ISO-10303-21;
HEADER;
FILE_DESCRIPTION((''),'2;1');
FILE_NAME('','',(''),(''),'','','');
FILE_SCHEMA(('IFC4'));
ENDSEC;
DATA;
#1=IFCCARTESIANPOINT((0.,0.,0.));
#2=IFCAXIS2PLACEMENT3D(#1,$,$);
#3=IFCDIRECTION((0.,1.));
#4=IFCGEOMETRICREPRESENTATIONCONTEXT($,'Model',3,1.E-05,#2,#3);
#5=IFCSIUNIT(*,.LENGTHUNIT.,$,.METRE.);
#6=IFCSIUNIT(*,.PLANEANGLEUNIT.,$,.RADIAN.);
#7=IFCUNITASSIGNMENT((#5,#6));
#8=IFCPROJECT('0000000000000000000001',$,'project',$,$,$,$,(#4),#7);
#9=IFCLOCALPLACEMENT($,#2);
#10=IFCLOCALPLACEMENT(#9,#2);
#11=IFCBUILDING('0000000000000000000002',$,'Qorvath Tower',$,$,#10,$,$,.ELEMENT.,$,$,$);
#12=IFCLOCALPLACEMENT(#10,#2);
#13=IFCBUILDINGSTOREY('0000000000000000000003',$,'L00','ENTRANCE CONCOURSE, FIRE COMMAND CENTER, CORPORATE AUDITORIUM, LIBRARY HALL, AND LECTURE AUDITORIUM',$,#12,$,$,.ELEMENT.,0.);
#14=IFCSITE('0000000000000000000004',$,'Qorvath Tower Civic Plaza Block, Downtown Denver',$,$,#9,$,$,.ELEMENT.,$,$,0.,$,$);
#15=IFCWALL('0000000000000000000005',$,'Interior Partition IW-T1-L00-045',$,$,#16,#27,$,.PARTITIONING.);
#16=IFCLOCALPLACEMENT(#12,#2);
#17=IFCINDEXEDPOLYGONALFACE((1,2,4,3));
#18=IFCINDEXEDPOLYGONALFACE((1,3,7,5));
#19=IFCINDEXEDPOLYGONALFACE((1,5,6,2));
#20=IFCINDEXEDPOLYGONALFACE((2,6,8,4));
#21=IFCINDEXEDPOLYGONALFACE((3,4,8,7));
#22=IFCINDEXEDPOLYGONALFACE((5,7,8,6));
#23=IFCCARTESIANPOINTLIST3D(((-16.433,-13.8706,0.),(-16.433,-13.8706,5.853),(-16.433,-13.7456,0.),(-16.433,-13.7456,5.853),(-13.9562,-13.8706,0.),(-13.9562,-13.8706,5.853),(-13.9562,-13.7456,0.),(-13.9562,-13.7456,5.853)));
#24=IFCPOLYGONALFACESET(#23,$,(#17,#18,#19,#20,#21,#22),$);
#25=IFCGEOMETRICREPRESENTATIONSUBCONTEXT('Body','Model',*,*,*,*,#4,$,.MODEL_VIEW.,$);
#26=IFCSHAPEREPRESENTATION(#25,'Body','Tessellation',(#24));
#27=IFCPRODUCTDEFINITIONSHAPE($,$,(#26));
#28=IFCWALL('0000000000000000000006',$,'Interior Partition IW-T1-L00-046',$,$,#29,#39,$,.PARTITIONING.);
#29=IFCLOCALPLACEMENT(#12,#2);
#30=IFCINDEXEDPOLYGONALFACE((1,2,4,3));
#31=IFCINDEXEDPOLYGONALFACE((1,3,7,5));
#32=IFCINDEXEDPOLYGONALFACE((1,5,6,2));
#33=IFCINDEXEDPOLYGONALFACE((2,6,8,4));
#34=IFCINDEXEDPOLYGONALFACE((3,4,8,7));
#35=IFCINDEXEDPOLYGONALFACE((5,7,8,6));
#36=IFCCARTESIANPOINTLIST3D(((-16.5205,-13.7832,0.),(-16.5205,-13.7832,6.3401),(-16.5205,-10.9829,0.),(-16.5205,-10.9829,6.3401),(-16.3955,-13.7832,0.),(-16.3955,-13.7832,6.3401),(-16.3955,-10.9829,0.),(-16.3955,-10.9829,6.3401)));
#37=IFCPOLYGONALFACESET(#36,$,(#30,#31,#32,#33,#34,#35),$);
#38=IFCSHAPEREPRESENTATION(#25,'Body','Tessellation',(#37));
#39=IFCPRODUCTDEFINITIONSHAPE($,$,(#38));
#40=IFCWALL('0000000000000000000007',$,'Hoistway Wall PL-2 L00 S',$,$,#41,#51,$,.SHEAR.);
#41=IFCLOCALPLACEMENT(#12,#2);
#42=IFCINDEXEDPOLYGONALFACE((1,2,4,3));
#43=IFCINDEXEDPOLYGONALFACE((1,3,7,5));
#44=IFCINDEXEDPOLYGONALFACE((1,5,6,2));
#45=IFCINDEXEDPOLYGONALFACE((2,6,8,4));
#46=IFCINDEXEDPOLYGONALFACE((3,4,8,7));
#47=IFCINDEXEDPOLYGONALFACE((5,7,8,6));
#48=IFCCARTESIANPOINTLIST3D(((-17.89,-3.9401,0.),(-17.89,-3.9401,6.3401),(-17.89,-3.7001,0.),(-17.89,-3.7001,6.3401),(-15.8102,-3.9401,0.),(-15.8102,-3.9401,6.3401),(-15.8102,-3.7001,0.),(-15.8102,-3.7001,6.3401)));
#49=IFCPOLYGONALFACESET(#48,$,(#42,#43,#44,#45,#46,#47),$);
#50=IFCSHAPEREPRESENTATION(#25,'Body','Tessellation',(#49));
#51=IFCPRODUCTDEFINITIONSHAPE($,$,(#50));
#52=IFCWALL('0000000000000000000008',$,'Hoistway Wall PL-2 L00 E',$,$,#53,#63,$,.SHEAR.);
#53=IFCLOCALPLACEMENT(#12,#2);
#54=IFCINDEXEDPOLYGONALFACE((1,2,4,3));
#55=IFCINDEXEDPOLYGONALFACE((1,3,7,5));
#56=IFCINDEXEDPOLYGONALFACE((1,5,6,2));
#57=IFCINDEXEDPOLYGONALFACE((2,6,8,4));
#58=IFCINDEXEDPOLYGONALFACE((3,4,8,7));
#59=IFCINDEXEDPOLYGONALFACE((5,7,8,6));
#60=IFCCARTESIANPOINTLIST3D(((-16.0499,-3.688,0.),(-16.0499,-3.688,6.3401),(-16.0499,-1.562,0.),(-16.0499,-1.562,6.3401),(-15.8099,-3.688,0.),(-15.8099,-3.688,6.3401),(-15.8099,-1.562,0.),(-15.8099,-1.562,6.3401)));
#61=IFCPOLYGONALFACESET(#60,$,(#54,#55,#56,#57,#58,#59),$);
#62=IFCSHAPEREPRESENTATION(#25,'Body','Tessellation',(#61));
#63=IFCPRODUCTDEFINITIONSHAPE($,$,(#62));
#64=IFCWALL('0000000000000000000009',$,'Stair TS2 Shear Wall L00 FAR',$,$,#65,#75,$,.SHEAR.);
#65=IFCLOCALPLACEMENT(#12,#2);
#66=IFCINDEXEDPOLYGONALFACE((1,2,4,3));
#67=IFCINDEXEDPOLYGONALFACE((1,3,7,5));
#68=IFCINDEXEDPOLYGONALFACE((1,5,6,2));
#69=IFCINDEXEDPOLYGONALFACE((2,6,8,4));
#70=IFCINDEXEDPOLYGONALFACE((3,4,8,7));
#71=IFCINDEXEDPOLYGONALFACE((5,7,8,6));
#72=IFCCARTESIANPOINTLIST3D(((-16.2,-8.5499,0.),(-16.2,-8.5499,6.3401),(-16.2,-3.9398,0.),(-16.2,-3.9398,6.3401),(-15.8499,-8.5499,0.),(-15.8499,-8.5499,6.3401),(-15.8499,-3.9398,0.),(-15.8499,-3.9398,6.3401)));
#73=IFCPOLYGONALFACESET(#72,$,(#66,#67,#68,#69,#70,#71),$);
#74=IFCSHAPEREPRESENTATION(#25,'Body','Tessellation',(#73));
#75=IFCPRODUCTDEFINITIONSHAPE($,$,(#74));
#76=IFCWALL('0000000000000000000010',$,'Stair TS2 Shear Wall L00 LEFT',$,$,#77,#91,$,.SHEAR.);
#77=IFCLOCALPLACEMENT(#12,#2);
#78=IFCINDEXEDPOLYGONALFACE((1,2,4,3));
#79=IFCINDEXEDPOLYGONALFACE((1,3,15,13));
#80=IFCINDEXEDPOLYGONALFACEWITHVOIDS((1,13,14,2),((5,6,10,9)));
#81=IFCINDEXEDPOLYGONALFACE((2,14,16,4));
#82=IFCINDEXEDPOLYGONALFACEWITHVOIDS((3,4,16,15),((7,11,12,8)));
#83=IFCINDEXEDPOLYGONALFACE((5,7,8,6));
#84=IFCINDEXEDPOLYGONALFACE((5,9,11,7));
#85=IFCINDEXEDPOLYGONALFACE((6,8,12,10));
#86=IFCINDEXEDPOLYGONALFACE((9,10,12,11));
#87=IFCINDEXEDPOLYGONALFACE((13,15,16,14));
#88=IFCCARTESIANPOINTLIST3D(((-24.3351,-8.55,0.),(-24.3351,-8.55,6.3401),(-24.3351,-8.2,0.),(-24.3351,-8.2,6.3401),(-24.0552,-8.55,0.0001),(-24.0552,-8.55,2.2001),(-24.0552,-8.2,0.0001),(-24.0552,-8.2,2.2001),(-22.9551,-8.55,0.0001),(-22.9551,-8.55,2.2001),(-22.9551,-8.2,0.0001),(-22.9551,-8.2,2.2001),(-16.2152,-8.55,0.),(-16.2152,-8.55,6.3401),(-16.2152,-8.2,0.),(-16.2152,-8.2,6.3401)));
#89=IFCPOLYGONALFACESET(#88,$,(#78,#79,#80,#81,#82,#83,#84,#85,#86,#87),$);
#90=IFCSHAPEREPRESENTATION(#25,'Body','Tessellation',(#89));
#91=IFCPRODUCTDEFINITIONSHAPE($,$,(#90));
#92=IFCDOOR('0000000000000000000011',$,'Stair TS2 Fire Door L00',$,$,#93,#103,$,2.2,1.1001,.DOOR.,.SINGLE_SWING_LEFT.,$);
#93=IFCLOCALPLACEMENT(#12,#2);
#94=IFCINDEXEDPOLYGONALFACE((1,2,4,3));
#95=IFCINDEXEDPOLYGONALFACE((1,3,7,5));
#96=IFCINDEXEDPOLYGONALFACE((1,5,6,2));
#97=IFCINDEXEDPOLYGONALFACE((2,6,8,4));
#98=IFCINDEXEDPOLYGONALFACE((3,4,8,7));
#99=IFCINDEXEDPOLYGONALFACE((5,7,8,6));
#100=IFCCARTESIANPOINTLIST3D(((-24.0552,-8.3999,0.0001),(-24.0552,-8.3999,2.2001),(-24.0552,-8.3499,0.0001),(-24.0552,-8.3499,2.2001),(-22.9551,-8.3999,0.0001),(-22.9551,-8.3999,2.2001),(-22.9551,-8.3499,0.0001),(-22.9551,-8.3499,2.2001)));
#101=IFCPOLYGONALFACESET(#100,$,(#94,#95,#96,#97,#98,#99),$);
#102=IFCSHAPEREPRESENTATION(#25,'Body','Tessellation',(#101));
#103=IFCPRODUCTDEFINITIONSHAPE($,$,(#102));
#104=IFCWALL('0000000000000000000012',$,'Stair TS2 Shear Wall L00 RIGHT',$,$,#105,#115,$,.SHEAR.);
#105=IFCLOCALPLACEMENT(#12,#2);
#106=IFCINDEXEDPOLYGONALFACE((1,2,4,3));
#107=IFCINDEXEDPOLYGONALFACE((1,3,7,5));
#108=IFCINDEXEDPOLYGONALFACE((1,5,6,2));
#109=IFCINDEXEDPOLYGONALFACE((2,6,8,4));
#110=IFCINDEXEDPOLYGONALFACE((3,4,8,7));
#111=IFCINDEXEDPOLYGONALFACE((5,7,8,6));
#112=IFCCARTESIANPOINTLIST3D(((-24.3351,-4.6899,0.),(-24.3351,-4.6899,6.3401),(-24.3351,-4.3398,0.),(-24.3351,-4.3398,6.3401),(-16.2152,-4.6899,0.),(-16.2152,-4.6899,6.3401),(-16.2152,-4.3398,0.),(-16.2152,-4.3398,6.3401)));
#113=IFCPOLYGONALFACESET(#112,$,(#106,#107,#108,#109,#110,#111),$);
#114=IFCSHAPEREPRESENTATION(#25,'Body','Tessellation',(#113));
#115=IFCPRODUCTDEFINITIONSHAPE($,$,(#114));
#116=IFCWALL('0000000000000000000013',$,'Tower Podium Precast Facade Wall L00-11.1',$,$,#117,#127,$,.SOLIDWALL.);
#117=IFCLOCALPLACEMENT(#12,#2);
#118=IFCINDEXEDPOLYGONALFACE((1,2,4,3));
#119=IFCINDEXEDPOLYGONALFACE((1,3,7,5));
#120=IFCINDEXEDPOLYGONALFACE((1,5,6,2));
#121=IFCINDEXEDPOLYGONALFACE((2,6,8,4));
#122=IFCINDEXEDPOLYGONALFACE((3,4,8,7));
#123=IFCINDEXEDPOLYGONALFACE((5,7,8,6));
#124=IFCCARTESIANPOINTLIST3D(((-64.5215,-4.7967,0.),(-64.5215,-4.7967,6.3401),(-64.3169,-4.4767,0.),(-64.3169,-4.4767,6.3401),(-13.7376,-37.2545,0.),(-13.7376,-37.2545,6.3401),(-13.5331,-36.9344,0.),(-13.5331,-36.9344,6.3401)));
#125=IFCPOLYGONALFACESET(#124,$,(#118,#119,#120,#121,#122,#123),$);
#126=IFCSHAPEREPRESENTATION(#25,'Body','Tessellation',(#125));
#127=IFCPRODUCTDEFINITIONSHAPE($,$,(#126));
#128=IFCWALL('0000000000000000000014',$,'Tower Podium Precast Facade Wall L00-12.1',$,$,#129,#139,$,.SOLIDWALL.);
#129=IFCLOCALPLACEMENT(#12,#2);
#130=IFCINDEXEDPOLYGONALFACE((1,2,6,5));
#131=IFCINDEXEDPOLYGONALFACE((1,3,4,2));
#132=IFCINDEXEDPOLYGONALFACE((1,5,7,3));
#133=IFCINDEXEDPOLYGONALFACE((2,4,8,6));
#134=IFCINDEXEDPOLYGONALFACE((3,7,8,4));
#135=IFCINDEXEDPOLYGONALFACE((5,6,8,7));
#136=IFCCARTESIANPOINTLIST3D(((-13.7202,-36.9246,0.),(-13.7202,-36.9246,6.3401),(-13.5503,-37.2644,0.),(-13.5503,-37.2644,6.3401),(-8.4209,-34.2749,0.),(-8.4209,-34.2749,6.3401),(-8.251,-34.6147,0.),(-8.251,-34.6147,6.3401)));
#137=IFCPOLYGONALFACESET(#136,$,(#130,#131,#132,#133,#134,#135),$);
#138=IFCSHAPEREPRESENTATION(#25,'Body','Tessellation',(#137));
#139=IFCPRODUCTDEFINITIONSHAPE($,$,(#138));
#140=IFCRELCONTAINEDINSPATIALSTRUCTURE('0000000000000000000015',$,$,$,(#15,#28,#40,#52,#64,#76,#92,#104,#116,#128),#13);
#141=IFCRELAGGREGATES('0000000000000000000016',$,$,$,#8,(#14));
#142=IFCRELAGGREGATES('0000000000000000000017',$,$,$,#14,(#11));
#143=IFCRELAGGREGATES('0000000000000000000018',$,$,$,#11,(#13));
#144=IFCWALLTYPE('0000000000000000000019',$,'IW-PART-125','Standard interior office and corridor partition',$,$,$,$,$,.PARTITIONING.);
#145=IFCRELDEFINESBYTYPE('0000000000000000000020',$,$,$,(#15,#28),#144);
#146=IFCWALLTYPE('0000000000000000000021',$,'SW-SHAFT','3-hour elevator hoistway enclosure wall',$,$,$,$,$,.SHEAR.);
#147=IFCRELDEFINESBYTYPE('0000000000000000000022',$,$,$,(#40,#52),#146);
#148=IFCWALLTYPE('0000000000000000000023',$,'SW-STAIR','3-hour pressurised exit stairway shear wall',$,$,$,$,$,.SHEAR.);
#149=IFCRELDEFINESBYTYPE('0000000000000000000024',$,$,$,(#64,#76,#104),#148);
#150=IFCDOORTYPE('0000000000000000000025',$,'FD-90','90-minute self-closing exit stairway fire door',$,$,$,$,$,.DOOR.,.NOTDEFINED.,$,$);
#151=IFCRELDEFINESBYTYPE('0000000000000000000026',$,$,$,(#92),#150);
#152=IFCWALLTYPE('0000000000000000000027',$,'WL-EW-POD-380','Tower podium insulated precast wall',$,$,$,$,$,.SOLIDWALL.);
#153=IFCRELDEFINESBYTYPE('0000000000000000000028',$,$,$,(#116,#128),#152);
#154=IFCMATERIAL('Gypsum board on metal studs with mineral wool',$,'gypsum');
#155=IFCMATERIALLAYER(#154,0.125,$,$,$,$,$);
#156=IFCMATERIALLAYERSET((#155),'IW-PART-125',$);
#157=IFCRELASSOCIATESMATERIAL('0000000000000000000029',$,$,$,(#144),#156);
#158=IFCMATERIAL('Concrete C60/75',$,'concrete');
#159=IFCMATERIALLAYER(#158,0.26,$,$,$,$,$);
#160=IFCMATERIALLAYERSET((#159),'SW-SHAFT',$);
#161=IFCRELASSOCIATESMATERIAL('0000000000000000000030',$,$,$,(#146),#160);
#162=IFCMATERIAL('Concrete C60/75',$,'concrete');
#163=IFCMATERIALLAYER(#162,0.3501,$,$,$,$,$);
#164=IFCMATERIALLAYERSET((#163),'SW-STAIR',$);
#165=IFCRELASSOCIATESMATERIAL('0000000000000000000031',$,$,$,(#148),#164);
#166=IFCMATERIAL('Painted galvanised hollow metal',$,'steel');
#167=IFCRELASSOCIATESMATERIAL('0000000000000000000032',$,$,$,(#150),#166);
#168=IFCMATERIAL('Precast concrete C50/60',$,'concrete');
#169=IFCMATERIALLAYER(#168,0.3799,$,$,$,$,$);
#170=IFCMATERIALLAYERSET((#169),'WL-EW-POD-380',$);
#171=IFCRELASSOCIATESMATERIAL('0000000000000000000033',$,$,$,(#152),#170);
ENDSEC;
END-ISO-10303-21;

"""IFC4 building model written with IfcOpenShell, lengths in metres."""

from ifc_helpers import new_model, si_unit, direction, frame, frame_2d, origin, place, context, subcontext, project, spatial, rectangle, extrude, material, layer, layer_set, type_object, element, fill, save


model = new_model("IFC4")

# Units and contexts
model_context = context("Model", 3, precision=1e-05, world=origin(), true_north=direction((0.0, 1.0)))
body_context = subcontext(model_context, "Body", "Model", "MODEL_VIEW")
ifc_project = project(units=[si_unit("LENGTHUNIT", "METRE"), si_unit("PLANEANGLEUNIT", "RADIAN")], contexts=[model_context])

# Site, building, storey
site_placement = place(None, origin())
site = spatial("IfcSite", under=ifc_project, at=site_placement, Name="Qorvath Tower Civic Plaza Block, Downtown Denver", CompositionType="ELEMENT", RefElevation=0.0)
building_placement = place(site_placement, origin())
building = spatial("IfcBuilding", under=site, at=building_placement, Name="Qorvath Tower", CompositionType="ELEMENT")
storey_placement = place(building_placement, origin())
storey = spatial("IfcBuildingStorey", under=building, at=storey_placement, Name="L00", Description="ENTRANCE CONCOURSE, FIRE COMMAND CENTER, CORPORATE AUDITORIUM, LIBRARY HALL, AND LECTURE AUDITORIUM", CompositionType="ELEMENT", Elevation=0.0)

# Shared definitions
ifc_material_1 = material(Name="Gypsum board on metal studs with mineral wool", Category="gypsum")
ifc_layer_1 = layer(ifc_material_1, 0.125)
ifc_layer_set_1 = layer_set([ifc_layer_1], Name="IW-PART-125")
wall_type_1 = type_object("IfcWallType", Name="IW-PART-125", Description="Standard interior office and corridor partition", PredefinedType="PARTITIONING", material=ifc_layer_set_1)

# Walls
wall_1_placement = place(storey_placement, frame((-13.9563, -13.8081, 0.0), z_axis=(0.0, 0.0, 1.0), x_axis=(-1.0, 0.0, 0.0)))
element("IfcWall", 1, at=wall_1_placement, inside=storey, type_object=wall_type_1, Name="Interior Partition IW-T1-L00-045", PredefinedType="PARTITIONING", context=body_context, shape_type="SweptSolid", body=[
    extrude(rectangle(XDim=2.4768, YDim=0.125, at=frame_2d((1.2383, 0.0))), origin(), (0.0, 0.0, 1.0), 5.853),
])
wall_2_placement = place(storey_placement, frame((-16.458, -10.9829, 0.0), z_axis=(0.0, 0.0, 1.0), x_axis=(0.0, -1.0, 0.0)))
element("IfcWall", 2, at=wall_2_placement, inside=storey, type_object=wall_type_1, Name="Interior Partition IW-T1-L00-046", PredefinedType="PARTITIONING", context=body_context, shape_type="SweptSolid", body=[
    extrude(rectangle(XDim=2.8003, YDim=0.125, at=frame_2d((1.4001, 0.0))), origin(), (0.0, 0.0, 1.0), 6.3401),
])
ifc_material_2 = material(Name="Concrete C60/75", Category="concrete")
ifc_layer_2 = layer(ifc_material_2, 0.26)
ifc_layer_set_2 = layer_set([ifc_layer_2], Name="SW-SHAFT")
wall_type_2 = type_object("IfcWallType", Name="SW-SHAFT", Description="3-hour elevator hoistway enclosure wall", PredefinedType="SHEAR", material=ifc_layer_set_2)
wall_3_placement = place(storey_placement, frame((-15.8101, -3.8201, 0.0), z_axis=(0.0, 0.0, 1.0), x_axis=(-1.0, 0.0, 0.0)))
element("IfcWall", 3, at=wall_3_placement, inside=storey, type_object=wall_type_2, Name="Hoistway Wall PL-2 L00 S", PredefinedType="SHEAR", context=body_context, shape_type="SweptSolid", body=[
    extrude(rectangle(XDim=2.0798, YDim=0.24, at=frame_2d((1.04, 0.0))), origin(), (0.0, 0.0, 1.0), 6.3401),
])
wall_4_placement = place(storey_placement, frame((-15.9299, -1.562, 0.0), z_axis=(0.0, 0.0, 1.0), x_axis=(0.0, -1.0, 0.0)))
element("IfcWall", 4, at=wall_4_placement, inside=storey, type_object=wall_type_2, Name="Hoistway Wall PL-2 L00 E", PredefinedType="SHEAR", context=body_context, shape_type="SweptSolid", body=[
    extrude(rectangle(XDim=2.126, YDim=0.24, at=frame_2d((1.063, 0.0))), origin(), (0.0, 0.0, 1.0), 6.3401),
])
ifc_material_3 = material(Name="Concrete C60/75", Category="concrete")
ifc_layer_3 = layer(ifc_material_3, 0.3501)
ifc_layer_set_3 = layer_set([ifc_layer_3], Name="SW-STAIR")
wall_type_3 = type_object("IfcWallType", Name="SW-STAIR", Description="3-hour pressurised exit stairway shear wall", PredefinedType="SHEAR", material=ifc_layer_set_3)
wall_5_placement = place(storey_placement, frame((-16.0249, -8.55, 0.0), z_axis=(0.0, 0.0, 1.0), x_axis=(0.0, 1.0, 0.0)))
element("IfcWall", 5, at=wall_5_placement, inside=storey, type_object=wall_type_3, Name="Stair TS2 Shear Wall L00 FAR", PredefinedType="SHEAR", context=body_context, shape_type="SweptSolid", body=[
    extrude(rectangle(XDim=4.6101, YDim=0.3501, at=frame_2d((2.3052, 0.0))), origin(), (0.0, 0.0, 1.0), 6.3401),
])

# Wall, opening, door
wall_6_placement = place(storey_placement, frame((-16.2151, -8.375, 0.0), z_axis=(0.0, 0.0, 1.0), x_axis=(-1.0, 0.0, 0.0)))
wall_6 = element("IfcWall", 6, at=wall_6_placement, inside=storey, type_object=wall_type_3, Name="Stair TS2 Shear Wall L00 LEFT", PredefinedType="SHEAR", context=body_context, shape_type="SweptSolid", body=[
    extrude(rectangle(XDim=8.1199, YDim=0.3501, at=frame_2d((4.0601, 0.0))), origin(), (0.0, 0.0, 1.0), 6.3401),
])
opening_1_placement = place(wall_6_placement, frame((6.74, 0.0, 0.0)))
opening_1 = element("IfcOpeningElement", 7, at=opening_1_placement, cuts=wall_6, PredefinedType="OPENING", context=body_context, shape_type="SweptSolid", body=[
    extrude(rectangle(XDim=1.1001, YDim=2.2, at=frame_2d((0.55, 1.1001))), frame((0.0, 0.1851, 0.0), z_axis=(0.0, -1.0, 0.0), x_axis=(1.0, 0.0, 0.0)), (0.0, 0.0, 1.0), 0.3701),
])
ifc_material_4 = material(Name="Painted galvanised hollow metal", Category="steel")
door_type_1 = type_object("IfcDoorType", Name="FD-90", Description="90-minute self-closing exit stairway fire door", OperationType="NOTDEFINED", PredefinedType="DOOR", material=ifc_material_4)
door_1_placement = place(opening_1_placement, origin())
door_1 = element("IfcDoor", 8, at=door_1_placement, inside=storey, type_object=door_type_1, Name="Stair TS2 Fire Door L00", OperationType="SINGLE_SWING_LEFT", OverallHeight=2.2, OverallWidth=1.1001, PredefinedType="DOOR", context=body_context, shape_type="SweptSolid", body=[
    extrude(rectangle(XDim=1.1001, YDim=2.2, at=frame_2d((0.55, 1.1001))), frame((0.0, 0.0249, 0.0), z_axis=(0.0, -1.0, 0.0), x_axis=(1.0, 0.0, 0.0)), (0.0, 0.0, 1.0), 0.05),
])
fill(opening_1, door_1)

# Walls
wall_7_placement = place(storey_placement, frame((-16.2151, -4.5149, 0.0), z_axis=(0.0, 0.0, 1.0), x_axis=(-1.0, 0.0, 0.0)))
element("IfcWall", 9, at=wall_7_placement, inside=storey, type_object=wall_type_3, Name="Stair TS2 Shear Wall L00 RIGHT", PredefinedType="SHEAR", context=body_context, shape_type="SweptSolid", body=[
    extrude(rectangle(XDim=8.1199, YDim=0.3501, at=frame_2d((4.0601, 0.0))), origin(), (0.0, 0.0, 1.0), 6.3401),
])
ifc_material_5 = material(Name="Precast concrete C50/60", Category="concrete")
ifc_layer_4 = layer(ifc_material_5, 0.3799)
ifc_layer_set_4 = layer_set([ifc_layer_4], Name="WL-EW-POD-380")
wall_type_4 = type_object("IfcWallType", Name="WL-EW-POD-380", Description="Tower podium insulated precast wall", PredefinedType="SOLIDWALL", material=ifc_layer_set_4)
wall_8_placement = place(storey_placement, frame((-13.6353, -37.0945, 0.0), z_axis=(0.0, 0.0, 1.0), x_axis=(-0.842602, 0.538536, 0.0)))
element("IfcWall", 10, at=wall_8_placement, inside=storey, type_object=wall_type_4, Name="Tower Podium Precast Facade Wall L00-11.1", PredefinedType="SOLIDWALL", context=body_context, shape_type="SweptSolid", body=[
    extrude(rectangle(XDim=60.2703, YDim=0.3799, at=frame_2d((30.1353, 0.0))), origin(), (0.0, 0.0, 1.0), 6.3401),
])
wall_9_placement = place(storey_placement, frame((-8.3359, -34.4448, 0.0), z_axis=(0.0, 0.0, 1.0), x_axis=(-0.894427, -0.447214, 0.0)))
element("IfcWall", 11, at=wall_9_placement, inside=storey, type_object=wall_type_4, Name="Tower Podium Precast Facade Wall L00-12.1", PredefinedType="SOLIDWALL", context=body_context, shape_type="SweptSolid", body=[
    extrude(rectangle(XDim=5.9248, YDim=0.3799, at=frame_2d((2.9624, 0.0))), origin(), (0.0, 0.0, 1.0), 6.3401),
])

save(model, "model.ifc")
